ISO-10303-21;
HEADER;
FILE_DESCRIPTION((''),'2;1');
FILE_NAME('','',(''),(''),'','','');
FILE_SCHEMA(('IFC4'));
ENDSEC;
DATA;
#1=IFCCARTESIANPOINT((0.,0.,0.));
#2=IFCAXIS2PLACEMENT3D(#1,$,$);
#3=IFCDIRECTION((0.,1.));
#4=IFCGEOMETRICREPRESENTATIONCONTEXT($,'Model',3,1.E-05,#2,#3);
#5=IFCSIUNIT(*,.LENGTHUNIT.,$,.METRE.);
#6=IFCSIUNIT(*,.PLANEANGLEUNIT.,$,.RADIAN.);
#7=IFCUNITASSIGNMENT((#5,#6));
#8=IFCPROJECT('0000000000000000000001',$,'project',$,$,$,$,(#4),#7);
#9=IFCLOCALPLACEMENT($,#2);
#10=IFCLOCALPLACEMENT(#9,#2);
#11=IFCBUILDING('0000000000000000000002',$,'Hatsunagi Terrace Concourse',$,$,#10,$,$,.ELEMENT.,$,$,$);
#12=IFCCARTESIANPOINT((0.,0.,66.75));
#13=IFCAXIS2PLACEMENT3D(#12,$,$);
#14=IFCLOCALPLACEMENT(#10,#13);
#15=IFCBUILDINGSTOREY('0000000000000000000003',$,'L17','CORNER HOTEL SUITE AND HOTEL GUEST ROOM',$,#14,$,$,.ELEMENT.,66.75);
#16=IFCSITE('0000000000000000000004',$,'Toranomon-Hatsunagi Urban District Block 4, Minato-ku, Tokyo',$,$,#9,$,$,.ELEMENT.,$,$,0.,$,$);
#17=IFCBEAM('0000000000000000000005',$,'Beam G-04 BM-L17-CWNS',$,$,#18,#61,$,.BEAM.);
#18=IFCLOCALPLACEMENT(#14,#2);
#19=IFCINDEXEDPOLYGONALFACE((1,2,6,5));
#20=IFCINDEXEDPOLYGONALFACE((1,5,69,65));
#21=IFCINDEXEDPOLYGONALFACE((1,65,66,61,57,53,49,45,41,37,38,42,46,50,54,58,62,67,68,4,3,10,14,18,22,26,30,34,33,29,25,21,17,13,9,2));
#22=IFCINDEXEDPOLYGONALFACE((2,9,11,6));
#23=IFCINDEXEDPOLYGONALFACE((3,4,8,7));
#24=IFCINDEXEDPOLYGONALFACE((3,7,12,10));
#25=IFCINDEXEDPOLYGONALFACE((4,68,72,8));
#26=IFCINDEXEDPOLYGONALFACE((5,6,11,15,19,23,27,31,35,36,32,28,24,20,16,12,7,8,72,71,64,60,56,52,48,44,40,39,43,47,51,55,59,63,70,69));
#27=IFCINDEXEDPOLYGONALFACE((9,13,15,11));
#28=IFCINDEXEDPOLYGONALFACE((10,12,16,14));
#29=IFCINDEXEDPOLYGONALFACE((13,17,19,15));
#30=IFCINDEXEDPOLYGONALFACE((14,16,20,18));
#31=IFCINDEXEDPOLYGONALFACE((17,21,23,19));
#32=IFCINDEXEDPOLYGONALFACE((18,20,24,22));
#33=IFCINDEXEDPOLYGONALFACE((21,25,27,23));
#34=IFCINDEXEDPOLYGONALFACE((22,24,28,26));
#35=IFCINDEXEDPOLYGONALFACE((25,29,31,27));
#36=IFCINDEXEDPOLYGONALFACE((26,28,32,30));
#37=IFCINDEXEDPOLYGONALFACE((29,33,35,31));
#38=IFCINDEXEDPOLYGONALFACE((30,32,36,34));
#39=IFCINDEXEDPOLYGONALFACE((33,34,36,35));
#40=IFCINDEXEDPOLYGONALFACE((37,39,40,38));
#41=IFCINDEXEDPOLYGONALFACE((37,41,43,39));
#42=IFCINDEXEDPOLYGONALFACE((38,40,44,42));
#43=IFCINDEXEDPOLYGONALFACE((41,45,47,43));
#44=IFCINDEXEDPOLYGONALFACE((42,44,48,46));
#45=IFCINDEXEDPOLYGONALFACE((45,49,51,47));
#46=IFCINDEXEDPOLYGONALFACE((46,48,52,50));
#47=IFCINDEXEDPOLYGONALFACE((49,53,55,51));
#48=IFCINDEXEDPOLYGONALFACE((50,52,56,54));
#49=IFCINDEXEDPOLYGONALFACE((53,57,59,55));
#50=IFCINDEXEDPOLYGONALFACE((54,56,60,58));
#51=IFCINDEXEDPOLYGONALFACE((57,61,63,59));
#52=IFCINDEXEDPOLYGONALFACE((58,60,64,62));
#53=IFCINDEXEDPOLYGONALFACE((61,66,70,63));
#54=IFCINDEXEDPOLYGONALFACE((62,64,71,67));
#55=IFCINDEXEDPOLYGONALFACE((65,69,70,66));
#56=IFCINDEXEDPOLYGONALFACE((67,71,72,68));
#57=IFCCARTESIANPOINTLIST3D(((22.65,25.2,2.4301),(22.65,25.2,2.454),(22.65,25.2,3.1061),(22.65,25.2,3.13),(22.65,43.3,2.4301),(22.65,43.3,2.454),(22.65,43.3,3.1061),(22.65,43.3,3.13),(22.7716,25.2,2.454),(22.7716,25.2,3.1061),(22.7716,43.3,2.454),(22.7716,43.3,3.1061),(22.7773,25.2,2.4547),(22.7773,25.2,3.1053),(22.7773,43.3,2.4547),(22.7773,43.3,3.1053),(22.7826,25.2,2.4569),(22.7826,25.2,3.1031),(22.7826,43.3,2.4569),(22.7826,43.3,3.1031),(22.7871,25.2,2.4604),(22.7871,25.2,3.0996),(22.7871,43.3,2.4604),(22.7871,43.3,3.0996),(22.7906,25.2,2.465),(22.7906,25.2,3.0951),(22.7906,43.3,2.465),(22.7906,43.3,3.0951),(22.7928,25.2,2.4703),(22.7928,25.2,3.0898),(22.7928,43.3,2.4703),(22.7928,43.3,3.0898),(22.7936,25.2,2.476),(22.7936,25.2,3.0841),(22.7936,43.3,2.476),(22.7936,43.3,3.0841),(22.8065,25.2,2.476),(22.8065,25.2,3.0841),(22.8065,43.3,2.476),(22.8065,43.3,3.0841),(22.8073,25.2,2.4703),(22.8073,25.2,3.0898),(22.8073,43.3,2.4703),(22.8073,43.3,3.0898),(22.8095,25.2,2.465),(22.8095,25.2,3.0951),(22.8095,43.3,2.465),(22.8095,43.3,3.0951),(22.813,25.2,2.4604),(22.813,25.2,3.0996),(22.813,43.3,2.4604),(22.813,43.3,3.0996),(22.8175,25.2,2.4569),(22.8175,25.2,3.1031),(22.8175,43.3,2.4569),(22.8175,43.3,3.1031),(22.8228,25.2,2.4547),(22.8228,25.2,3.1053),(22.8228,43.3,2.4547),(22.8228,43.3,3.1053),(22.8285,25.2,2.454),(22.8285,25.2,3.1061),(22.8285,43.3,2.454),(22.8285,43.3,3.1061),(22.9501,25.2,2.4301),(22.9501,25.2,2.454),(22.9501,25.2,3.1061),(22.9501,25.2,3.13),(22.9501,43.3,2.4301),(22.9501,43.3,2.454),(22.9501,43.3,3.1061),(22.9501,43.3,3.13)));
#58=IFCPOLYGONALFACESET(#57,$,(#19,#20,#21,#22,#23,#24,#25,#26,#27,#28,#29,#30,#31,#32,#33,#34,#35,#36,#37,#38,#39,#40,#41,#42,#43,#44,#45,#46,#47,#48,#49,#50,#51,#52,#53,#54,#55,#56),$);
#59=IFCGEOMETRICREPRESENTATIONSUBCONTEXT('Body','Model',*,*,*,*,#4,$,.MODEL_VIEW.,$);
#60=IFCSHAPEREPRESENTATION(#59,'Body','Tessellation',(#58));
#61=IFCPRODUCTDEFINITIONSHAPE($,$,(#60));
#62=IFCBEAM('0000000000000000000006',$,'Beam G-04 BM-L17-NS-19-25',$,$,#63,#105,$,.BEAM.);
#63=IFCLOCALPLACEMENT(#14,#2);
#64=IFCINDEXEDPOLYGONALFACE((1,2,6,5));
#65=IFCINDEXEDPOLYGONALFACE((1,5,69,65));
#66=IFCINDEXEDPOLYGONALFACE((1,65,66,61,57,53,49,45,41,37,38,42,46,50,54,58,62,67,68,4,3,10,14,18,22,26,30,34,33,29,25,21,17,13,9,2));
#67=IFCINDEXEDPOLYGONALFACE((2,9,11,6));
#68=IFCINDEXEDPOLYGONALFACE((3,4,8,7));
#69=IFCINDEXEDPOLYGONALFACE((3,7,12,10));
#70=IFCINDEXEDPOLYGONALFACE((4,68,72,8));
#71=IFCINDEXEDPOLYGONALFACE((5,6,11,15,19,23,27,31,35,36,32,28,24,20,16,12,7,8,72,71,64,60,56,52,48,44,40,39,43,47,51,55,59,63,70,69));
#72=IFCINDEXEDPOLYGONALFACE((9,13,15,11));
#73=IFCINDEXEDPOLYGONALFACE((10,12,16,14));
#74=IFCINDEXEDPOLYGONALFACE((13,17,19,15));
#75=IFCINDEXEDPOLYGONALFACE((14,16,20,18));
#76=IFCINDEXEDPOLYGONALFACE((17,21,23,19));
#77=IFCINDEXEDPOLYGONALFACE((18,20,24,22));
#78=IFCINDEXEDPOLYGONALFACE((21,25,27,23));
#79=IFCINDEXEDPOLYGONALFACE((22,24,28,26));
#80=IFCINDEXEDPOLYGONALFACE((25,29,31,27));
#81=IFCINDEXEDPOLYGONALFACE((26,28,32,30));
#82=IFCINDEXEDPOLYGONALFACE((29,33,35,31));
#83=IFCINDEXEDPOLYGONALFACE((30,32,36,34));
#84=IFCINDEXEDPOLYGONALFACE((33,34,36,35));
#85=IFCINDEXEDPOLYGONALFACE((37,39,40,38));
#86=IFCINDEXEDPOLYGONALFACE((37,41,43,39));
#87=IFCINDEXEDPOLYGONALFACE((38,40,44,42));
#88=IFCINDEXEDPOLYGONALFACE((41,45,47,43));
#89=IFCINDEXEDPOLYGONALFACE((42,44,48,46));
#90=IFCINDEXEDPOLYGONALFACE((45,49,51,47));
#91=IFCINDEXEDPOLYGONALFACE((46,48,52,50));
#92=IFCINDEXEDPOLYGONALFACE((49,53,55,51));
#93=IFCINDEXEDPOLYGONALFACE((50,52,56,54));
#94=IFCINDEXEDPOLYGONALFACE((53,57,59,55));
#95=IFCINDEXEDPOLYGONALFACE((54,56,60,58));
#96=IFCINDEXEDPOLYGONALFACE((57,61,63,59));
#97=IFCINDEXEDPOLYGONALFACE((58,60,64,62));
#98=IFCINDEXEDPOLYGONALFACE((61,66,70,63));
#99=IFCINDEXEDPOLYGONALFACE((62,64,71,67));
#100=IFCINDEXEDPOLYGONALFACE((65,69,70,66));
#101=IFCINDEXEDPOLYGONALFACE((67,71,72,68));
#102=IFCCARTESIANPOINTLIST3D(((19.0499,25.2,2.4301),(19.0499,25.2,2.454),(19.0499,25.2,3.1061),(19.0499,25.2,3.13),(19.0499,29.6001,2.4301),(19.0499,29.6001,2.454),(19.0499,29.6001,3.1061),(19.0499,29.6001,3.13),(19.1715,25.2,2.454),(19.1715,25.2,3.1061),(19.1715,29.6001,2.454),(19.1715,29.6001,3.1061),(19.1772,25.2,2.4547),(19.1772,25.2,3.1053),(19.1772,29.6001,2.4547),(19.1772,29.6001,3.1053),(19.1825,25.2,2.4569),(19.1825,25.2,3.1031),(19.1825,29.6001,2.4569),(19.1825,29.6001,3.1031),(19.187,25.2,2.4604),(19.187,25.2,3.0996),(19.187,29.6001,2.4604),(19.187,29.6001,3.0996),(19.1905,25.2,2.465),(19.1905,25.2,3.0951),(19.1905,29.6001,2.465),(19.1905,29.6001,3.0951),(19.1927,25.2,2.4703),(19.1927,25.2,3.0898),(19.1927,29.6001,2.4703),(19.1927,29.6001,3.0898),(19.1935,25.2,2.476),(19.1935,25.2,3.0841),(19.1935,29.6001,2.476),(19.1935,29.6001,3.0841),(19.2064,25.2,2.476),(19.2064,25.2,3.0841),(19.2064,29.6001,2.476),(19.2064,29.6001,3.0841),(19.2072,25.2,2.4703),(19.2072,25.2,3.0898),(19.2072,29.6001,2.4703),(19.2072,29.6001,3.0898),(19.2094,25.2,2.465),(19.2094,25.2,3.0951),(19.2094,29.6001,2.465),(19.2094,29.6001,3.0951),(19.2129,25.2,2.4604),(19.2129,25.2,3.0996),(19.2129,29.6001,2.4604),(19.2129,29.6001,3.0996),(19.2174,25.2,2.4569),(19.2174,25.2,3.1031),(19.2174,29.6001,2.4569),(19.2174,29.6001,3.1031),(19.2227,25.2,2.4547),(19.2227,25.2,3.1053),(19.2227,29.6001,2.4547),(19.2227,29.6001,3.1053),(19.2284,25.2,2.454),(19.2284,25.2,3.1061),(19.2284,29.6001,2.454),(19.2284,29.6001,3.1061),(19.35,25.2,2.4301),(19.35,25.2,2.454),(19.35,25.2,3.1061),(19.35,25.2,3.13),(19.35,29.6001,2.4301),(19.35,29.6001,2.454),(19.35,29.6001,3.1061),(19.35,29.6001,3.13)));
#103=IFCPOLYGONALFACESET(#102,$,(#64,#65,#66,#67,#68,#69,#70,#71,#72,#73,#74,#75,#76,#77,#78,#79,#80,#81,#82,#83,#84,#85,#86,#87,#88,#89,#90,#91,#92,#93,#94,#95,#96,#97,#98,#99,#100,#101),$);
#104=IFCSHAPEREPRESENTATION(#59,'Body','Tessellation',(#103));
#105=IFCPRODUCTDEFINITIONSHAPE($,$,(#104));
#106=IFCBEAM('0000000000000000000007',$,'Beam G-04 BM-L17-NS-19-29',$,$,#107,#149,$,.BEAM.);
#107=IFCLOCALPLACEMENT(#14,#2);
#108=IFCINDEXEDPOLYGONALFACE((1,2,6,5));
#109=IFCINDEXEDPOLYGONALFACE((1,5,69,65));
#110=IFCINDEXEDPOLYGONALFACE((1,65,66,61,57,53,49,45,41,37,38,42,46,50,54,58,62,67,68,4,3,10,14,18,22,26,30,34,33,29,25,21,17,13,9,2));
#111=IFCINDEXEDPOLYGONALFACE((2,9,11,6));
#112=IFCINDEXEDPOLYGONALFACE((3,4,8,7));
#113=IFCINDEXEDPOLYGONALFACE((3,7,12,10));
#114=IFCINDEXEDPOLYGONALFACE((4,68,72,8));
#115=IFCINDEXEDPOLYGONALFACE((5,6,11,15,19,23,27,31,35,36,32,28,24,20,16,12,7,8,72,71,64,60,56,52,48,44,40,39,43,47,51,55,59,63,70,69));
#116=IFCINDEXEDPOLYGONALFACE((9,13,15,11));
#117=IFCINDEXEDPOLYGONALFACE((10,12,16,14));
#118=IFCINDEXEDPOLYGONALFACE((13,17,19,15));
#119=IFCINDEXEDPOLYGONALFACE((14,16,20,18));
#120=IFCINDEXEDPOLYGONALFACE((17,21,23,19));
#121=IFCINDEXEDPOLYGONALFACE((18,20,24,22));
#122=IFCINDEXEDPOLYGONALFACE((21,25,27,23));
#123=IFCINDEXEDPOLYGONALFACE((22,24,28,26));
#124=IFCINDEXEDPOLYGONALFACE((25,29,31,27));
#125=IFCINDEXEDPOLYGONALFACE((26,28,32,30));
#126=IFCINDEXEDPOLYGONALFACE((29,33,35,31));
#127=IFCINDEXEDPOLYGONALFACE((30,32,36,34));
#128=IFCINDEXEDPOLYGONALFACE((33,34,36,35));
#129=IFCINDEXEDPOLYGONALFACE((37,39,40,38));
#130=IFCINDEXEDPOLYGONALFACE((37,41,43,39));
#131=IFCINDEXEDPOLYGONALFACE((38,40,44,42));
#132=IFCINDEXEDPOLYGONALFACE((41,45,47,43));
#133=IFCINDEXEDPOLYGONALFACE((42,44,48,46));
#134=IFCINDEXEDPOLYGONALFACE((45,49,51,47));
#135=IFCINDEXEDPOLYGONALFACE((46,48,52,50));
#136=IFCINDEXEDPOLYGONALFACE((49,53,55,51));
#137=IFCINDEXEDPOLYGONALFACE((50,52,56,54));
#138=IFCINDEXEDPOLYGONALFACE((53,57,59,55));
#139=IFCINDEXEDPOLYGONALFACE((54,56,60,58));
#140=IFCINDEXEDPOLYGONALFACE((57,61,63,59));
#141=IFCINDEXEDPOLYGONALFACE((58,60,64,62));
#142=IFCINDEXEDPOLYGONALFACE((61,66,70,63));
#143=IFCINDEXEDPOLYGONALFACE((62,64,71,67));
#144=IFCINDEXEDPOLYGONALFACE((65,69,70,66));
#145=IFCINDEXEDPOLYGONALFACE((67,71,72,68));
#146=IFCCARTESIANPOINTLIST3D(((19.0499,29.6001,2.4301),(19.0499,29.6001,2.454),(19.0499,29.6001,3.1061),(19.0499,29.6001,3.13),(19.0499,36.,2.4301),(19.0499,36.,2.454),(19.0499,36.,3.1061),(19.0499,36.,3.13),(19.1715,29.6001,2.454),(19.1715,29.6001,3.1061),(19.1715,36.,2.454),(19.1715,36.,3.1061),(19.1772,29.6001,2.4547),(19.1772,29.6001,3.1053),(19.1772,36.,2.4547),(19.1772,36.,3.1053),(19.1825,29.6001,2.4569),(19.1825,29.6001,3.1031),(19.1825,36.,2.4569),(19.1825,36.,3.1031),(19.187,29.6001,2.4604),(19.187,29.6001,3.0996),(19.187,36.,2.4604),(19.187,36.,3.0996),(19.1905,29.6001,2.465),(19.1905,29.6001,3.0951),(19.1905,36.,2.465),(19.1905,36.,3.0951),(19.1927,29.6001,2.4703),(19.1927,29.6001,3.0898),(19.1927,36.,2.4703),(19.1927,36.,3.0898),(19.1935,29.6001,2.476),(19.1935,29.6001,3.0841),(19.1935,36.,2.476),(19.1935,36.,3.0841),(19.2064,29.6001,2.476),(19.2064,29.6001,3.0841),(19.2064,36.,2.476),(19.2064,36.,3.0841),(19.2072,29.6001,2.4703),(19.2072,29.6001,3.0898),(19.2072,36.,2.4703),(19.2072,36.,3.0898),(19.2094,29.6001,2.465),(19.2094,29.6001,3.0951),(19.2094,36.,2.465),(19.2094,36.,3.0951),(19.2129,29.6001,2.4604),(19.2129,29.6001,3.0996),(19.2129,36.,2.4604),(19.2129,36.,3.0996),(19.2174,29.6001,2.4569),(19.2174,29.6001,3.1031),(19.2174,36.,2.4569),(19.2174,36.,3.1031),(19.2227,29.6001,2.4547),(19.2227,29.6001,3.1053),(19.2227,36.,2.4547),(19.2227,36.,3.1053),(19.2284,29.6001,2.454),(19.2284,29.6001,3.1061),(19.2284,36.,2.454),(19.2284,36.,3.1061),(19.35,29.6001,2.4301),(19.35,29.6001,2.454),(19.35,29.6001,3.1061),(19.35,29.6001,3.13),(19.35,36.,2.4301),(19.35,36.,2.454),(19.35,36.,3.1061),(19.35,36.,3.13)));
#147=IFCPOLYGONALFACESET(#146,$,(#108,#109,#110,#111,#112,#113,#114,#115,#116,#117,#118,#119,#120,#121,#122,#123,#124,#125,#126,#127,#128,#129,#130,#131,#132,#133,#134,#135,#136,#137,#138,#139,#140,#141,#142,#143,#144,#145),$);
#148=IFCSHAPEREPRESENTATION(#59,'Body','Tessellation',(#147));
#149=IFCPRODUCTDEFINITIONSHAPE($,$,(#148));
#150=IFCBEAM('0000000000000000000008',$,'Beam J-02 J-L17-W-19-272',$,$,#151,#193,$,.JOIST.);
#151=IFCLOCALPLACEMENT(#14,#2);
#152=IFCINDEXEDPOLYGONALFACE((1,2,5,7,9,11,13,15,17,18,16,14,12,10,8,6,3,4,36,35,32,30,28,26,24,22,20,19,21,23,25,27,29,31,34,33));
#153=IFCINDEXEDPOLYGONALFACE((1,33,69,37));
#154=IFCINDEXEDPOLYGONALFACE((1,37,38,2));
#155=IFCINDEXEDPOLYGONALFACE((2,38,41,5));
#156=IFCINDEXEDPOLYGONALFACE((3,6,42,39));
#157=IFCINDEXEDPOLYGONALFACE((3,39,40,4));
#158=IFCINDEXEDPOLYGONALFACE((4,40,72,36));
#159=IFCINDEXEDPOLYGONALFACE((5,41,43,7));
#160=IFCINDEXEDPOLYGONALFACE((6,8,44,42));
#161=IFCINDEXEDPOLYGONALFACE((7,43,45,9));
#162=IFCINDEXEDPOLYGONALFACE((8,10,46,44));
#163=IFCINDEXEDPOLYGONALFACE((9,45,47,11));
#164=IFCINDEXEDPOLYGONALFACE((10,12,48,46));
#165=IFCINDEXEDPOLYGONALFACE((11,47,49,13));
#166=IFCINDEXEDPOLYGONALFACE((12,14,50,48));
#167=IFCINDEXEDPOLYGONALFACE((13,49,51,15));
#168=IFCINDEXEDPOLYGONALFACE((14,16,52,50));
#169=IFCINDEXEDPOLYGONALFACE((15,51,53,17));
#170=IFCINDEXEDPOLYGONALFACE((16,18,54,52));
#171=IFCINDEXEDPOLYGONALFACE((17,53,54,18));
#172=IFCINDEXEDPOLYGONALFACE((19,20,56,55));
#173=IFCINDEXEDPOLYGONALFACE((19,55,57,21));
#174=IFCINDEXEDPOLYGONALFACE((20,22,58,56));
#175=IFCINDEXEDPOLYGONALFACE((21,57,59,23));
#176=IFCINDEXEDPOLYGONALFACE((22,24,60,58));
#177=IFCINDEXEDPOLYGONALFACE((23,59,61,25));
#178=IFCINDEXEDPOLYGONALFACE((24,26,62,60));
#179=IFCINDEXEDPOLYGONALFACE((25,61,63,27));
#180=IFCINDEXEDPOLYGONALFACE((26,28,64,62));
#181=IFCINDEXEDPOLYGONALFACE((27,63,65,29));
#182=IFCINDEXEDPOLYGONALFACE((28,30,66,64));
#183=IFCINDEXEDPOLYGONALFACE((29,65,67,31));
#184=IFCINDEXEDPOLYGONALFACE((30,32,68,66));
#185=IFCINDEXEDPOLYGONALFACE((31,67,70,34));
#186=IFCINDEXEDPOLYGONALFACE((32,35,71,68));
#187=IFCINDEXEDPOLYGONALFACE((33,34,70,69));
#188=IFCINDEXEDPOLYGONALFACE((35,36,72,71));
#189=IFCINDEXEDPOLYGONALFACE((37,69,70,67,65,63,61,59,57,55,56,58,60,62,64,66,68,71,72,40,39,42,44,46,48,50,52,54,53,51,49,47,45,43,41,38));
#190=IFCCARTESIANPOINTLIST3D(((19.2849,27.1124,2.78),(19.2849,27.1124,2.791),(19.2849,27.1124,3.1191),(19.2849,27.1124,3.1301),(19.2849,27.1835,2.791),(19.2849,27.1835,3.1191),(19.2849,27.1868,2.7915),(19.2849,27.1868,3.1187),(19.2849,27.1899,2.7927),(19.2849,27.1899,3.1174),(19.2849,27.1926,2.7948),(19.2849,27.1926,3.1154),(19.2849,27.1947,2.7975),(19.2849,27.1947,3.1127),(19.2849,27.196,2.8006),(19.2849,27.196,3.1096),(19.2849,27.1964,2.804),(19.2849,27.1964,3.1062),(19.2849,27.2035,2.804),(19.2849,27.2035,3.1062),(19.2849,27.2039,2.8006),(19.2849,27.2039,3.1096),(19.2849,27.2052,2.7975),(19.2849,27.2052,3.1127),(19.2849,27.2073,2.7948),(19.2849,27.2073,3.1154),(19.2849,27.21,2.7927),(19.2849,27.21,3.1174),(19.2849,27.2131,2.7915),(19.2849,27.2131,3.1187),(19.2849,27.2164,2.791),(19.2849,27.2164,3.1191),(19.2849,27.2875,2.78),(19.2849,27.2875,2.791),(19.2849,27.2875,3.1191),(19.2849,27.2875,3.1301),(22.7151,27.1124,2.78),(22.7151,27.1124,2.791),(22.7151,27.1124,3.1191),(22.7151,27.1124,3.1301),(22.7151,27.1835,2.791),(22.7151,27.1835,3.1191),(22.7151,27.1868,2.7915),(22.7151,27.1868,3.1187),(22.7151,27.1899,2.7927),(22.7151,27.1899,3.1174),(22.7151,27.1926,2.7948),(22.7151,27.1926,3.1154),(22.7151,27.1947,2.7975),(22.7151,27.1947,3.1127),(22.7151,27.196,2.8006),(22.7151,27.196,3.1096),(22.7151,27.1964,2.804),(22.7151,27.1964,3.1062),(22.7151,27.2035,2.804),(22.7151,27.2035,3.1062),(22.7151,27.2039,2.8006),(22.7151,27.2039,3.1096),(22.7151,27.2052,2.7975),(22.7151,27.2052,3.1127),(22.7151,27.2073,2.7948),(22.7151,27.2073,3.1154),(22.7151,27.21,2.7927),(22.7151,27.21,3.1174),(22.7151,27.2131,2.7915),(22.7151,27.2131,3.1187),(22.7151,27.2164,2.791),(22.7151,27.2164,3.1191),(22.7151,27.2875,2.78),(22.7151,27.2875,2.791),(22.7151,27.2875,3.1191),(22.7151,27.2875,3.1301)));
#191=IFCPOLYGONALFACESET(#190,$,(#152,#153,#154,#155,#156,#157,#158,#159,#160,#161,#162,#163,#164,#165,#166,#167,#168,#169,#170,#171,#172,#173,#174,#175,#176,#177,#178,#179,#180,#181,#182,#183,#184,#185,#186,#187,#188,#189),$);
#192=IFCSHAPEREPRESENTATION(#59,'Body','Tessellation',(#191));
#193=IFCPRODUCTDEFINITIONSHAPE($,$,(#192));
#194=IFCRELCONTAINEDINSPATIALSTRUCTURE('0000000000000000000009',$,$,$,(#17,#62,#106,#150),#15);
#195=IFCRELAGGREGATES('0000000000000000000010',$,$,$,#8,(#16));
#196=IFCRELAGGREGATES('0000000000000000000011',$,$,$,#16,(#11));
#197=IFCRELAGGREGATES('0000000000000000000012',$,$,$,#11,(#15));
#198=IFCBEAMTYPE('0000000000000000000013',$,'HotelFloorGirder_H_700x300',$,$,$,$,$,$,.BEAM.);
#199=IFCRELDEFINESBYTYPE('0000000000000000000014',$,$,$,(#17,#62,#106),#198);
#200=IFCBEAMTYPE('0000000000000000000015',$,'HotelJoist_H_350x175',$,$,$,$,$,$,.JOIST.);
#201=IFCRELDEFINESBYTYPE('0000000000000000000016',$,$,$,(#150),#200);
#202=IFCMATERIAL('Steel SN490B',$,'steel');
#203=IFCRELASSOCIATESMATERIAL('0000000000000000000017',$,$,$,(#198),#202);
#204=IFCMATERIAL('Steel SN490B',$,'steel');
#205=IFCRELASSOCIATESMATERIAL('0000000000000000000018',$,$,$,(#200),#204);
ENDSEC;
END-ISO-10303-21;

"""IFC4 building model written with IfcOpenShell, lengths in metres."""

from ifc_helpers import new_model, si_unit, direction, frame, origin, origin_2d, place, context, subcontext, project, spatial, i_section, extrude, material, material_profile, profile_set, type_object, element, save


model = new_model("IFC4")

# Units and contexts
model_context = context("Model", 3, precision=1e-05, world=origin(), true_north=direction((0.0, 1.0)))
body_context = subcontext(model_context, "Body", "Model", "MODEL_VIEW")
ifc_project = project(units=[si_unit("LENGTHUNIT", "METRE"), si_unit("PLANEANGLEUNIT", "RADIAN")], contexts=[model_context])

# Site, building, storey
site_placement = place(None, origin())
site = spatial("IfcSite", under=ifc_project, at=site_placement, Name="Toranomon-Hatsunagi Urban District Block 4, Minato-ku, Tokyo", CompositionType="ELEMENT", RefElevation=0.0)
building_placement = place(site_placement, origin())
building = spatial("IfcBuilding", under=site, at=building_placement, Name="Hatsunagi Terrace Concourse", CompositionType="ELEMENT")
storey_placement = place(building_placement, frame((0.0, 0.0, 66.75)))
storey = spatial("IfcBuildingStorey", under=building, at=storey_placement, Name="L17", Description="CORNER HOTEL SUITE AND HOTEL GUEST ROOM", CompositionType="ELEMENT", Elevation=66.75)

# Beams
ifc_material_1 = material(Name="Steel SN490B", Category="steel")
ifc_material_profile_1 = material_profile(ifc_material_1, i_section(OverallWidth=0.3, OverallDepth=0.7, WebThickness=0.0129, FlangeThickness=0.0239, FilletRadius=0.022, at=origin_2d()), Name="H-700x300x13x24")
ifc_profile_set_1 = profile_set([ifc_material_profile_1], Name="Steel SN490B")
beam_type_1 = type_object("IfcBeamType", Name="HotelFloorGirder_H_700x300", PredefinedType="BEAM", material=ifc_profile_set_1)
beam_1_placement = place(storey_placement, frame((22.8, 25.2, 2.78), z_axis=(0.0, 1.0, 0.0), x_axis=(-1.0, 0.0, 0.0)))
element("IfcBeam", 1, at=beam_1_placement, inside=storey, type_object=beam_type_1, Name="Beam G-04 BM-L17-CWNS", PredefinedType="BEAM", context=body_context, shape_type="SweptSolid", body=[
    extrude(i_section(OverallWidth=0.3, OverallDepth=0.7, WebThickness=0.0129, FlangeThickness=0.0239, FilletRadius=0.022, at=origin_2d()), origin(), (0.0, 0.0, 1.0), 18.1001),
])
beam_2_placement = place(storey_placement, frame((19.2, 25.2, 2.78), z_axis=(0.0, 1.0, 0.0), x_axis=(-1.0, 0.0, 0.0)))
element("IfcBeam", 2, at=beam_2_placement, inside=storey, type_object=beam_type_1, Name="Beam G-04 BM-L17-NS-19-25", PredefinedType="BEAM", context=body_context, shape_type="SweptSolid", body=[
    extrude(i_section(OverallWidth=0.3, OverallDepth=0.7, WebThickness=0.0129, FlangeThickness=0.0239, FilletRadius=0.022, at=origin_2d()), origin(), (0.0, 0.0, 1.0), 4.4001),
])
beam_3_placement = place(storey_placement, frame((19.2, 29.6001, 2.78), z_axis=(0.0, 1.0, 0.0), x_axis=(-1.0, 0.0, 0.0)))
element("IfcBeam", 3, at=beam_3_placement, inside=storey, type_object=beam_type_1, Name="Beam G-04 BM-L17-NS-19-29", PredefinedType="BEAM", context=body_context, shape_type="SweptSolid", body=[
    extrude(i_section(OverallWidth=0.3, OverallDepth=0.7, WebThickness=0.0129, FlangeThickness=0.0239, FilletRadius=0.022, at=origin_2d()), origin(), (0.0, 0.0, 1.0), 6.3999),
])
ifc_material_2 = material(Name="Steel SN490B", Category="steel")
ifc_material_profile_2 = material_profile(ifc_material_2, i_section(OverallWidth=0.175, OverallDepth=0.3501, WebThickness=0.0071, FlangeThickness=0.011, FilletRadius=0.0129, at=origin_2d()), Name="H-350x175x7x11")
ifc_profile_set_2 = profile_set([ifc_material_profile_2], Name="Steel SN490B")
beam_type_2 = type_object("IfcBeamType", Name="HotelJoist_H_350x175", PredefinedType="JOIST", material=ifc_profile_set_2)
beam_4_placement = place(storey_placement, frame((19.2849, 27.2, 2.9551), z_axis=(1.0, 0.0, 0.0), x_axis=(0.0, 1.0, 0.0)))
element("IfcBeam", 4, at=beam_4_placement, inside=storey, type_object=beam_type_2, Name="Beam J-02 J-L17-W-19-272", PredefinedType="JOIST", context=body_context, shape_type="SweptSolid", body=[
    extrude(i_section(OverallWidth=0.175, OverallDepth=0.3501, WebThickness=0.0071, FlangeThickness=0.011, FilletRadius=0.0129, at=origin_2d()), origin(), (0.0, 0.0, 1.0), 3.4302),
])

save(model, "model.ifc")
